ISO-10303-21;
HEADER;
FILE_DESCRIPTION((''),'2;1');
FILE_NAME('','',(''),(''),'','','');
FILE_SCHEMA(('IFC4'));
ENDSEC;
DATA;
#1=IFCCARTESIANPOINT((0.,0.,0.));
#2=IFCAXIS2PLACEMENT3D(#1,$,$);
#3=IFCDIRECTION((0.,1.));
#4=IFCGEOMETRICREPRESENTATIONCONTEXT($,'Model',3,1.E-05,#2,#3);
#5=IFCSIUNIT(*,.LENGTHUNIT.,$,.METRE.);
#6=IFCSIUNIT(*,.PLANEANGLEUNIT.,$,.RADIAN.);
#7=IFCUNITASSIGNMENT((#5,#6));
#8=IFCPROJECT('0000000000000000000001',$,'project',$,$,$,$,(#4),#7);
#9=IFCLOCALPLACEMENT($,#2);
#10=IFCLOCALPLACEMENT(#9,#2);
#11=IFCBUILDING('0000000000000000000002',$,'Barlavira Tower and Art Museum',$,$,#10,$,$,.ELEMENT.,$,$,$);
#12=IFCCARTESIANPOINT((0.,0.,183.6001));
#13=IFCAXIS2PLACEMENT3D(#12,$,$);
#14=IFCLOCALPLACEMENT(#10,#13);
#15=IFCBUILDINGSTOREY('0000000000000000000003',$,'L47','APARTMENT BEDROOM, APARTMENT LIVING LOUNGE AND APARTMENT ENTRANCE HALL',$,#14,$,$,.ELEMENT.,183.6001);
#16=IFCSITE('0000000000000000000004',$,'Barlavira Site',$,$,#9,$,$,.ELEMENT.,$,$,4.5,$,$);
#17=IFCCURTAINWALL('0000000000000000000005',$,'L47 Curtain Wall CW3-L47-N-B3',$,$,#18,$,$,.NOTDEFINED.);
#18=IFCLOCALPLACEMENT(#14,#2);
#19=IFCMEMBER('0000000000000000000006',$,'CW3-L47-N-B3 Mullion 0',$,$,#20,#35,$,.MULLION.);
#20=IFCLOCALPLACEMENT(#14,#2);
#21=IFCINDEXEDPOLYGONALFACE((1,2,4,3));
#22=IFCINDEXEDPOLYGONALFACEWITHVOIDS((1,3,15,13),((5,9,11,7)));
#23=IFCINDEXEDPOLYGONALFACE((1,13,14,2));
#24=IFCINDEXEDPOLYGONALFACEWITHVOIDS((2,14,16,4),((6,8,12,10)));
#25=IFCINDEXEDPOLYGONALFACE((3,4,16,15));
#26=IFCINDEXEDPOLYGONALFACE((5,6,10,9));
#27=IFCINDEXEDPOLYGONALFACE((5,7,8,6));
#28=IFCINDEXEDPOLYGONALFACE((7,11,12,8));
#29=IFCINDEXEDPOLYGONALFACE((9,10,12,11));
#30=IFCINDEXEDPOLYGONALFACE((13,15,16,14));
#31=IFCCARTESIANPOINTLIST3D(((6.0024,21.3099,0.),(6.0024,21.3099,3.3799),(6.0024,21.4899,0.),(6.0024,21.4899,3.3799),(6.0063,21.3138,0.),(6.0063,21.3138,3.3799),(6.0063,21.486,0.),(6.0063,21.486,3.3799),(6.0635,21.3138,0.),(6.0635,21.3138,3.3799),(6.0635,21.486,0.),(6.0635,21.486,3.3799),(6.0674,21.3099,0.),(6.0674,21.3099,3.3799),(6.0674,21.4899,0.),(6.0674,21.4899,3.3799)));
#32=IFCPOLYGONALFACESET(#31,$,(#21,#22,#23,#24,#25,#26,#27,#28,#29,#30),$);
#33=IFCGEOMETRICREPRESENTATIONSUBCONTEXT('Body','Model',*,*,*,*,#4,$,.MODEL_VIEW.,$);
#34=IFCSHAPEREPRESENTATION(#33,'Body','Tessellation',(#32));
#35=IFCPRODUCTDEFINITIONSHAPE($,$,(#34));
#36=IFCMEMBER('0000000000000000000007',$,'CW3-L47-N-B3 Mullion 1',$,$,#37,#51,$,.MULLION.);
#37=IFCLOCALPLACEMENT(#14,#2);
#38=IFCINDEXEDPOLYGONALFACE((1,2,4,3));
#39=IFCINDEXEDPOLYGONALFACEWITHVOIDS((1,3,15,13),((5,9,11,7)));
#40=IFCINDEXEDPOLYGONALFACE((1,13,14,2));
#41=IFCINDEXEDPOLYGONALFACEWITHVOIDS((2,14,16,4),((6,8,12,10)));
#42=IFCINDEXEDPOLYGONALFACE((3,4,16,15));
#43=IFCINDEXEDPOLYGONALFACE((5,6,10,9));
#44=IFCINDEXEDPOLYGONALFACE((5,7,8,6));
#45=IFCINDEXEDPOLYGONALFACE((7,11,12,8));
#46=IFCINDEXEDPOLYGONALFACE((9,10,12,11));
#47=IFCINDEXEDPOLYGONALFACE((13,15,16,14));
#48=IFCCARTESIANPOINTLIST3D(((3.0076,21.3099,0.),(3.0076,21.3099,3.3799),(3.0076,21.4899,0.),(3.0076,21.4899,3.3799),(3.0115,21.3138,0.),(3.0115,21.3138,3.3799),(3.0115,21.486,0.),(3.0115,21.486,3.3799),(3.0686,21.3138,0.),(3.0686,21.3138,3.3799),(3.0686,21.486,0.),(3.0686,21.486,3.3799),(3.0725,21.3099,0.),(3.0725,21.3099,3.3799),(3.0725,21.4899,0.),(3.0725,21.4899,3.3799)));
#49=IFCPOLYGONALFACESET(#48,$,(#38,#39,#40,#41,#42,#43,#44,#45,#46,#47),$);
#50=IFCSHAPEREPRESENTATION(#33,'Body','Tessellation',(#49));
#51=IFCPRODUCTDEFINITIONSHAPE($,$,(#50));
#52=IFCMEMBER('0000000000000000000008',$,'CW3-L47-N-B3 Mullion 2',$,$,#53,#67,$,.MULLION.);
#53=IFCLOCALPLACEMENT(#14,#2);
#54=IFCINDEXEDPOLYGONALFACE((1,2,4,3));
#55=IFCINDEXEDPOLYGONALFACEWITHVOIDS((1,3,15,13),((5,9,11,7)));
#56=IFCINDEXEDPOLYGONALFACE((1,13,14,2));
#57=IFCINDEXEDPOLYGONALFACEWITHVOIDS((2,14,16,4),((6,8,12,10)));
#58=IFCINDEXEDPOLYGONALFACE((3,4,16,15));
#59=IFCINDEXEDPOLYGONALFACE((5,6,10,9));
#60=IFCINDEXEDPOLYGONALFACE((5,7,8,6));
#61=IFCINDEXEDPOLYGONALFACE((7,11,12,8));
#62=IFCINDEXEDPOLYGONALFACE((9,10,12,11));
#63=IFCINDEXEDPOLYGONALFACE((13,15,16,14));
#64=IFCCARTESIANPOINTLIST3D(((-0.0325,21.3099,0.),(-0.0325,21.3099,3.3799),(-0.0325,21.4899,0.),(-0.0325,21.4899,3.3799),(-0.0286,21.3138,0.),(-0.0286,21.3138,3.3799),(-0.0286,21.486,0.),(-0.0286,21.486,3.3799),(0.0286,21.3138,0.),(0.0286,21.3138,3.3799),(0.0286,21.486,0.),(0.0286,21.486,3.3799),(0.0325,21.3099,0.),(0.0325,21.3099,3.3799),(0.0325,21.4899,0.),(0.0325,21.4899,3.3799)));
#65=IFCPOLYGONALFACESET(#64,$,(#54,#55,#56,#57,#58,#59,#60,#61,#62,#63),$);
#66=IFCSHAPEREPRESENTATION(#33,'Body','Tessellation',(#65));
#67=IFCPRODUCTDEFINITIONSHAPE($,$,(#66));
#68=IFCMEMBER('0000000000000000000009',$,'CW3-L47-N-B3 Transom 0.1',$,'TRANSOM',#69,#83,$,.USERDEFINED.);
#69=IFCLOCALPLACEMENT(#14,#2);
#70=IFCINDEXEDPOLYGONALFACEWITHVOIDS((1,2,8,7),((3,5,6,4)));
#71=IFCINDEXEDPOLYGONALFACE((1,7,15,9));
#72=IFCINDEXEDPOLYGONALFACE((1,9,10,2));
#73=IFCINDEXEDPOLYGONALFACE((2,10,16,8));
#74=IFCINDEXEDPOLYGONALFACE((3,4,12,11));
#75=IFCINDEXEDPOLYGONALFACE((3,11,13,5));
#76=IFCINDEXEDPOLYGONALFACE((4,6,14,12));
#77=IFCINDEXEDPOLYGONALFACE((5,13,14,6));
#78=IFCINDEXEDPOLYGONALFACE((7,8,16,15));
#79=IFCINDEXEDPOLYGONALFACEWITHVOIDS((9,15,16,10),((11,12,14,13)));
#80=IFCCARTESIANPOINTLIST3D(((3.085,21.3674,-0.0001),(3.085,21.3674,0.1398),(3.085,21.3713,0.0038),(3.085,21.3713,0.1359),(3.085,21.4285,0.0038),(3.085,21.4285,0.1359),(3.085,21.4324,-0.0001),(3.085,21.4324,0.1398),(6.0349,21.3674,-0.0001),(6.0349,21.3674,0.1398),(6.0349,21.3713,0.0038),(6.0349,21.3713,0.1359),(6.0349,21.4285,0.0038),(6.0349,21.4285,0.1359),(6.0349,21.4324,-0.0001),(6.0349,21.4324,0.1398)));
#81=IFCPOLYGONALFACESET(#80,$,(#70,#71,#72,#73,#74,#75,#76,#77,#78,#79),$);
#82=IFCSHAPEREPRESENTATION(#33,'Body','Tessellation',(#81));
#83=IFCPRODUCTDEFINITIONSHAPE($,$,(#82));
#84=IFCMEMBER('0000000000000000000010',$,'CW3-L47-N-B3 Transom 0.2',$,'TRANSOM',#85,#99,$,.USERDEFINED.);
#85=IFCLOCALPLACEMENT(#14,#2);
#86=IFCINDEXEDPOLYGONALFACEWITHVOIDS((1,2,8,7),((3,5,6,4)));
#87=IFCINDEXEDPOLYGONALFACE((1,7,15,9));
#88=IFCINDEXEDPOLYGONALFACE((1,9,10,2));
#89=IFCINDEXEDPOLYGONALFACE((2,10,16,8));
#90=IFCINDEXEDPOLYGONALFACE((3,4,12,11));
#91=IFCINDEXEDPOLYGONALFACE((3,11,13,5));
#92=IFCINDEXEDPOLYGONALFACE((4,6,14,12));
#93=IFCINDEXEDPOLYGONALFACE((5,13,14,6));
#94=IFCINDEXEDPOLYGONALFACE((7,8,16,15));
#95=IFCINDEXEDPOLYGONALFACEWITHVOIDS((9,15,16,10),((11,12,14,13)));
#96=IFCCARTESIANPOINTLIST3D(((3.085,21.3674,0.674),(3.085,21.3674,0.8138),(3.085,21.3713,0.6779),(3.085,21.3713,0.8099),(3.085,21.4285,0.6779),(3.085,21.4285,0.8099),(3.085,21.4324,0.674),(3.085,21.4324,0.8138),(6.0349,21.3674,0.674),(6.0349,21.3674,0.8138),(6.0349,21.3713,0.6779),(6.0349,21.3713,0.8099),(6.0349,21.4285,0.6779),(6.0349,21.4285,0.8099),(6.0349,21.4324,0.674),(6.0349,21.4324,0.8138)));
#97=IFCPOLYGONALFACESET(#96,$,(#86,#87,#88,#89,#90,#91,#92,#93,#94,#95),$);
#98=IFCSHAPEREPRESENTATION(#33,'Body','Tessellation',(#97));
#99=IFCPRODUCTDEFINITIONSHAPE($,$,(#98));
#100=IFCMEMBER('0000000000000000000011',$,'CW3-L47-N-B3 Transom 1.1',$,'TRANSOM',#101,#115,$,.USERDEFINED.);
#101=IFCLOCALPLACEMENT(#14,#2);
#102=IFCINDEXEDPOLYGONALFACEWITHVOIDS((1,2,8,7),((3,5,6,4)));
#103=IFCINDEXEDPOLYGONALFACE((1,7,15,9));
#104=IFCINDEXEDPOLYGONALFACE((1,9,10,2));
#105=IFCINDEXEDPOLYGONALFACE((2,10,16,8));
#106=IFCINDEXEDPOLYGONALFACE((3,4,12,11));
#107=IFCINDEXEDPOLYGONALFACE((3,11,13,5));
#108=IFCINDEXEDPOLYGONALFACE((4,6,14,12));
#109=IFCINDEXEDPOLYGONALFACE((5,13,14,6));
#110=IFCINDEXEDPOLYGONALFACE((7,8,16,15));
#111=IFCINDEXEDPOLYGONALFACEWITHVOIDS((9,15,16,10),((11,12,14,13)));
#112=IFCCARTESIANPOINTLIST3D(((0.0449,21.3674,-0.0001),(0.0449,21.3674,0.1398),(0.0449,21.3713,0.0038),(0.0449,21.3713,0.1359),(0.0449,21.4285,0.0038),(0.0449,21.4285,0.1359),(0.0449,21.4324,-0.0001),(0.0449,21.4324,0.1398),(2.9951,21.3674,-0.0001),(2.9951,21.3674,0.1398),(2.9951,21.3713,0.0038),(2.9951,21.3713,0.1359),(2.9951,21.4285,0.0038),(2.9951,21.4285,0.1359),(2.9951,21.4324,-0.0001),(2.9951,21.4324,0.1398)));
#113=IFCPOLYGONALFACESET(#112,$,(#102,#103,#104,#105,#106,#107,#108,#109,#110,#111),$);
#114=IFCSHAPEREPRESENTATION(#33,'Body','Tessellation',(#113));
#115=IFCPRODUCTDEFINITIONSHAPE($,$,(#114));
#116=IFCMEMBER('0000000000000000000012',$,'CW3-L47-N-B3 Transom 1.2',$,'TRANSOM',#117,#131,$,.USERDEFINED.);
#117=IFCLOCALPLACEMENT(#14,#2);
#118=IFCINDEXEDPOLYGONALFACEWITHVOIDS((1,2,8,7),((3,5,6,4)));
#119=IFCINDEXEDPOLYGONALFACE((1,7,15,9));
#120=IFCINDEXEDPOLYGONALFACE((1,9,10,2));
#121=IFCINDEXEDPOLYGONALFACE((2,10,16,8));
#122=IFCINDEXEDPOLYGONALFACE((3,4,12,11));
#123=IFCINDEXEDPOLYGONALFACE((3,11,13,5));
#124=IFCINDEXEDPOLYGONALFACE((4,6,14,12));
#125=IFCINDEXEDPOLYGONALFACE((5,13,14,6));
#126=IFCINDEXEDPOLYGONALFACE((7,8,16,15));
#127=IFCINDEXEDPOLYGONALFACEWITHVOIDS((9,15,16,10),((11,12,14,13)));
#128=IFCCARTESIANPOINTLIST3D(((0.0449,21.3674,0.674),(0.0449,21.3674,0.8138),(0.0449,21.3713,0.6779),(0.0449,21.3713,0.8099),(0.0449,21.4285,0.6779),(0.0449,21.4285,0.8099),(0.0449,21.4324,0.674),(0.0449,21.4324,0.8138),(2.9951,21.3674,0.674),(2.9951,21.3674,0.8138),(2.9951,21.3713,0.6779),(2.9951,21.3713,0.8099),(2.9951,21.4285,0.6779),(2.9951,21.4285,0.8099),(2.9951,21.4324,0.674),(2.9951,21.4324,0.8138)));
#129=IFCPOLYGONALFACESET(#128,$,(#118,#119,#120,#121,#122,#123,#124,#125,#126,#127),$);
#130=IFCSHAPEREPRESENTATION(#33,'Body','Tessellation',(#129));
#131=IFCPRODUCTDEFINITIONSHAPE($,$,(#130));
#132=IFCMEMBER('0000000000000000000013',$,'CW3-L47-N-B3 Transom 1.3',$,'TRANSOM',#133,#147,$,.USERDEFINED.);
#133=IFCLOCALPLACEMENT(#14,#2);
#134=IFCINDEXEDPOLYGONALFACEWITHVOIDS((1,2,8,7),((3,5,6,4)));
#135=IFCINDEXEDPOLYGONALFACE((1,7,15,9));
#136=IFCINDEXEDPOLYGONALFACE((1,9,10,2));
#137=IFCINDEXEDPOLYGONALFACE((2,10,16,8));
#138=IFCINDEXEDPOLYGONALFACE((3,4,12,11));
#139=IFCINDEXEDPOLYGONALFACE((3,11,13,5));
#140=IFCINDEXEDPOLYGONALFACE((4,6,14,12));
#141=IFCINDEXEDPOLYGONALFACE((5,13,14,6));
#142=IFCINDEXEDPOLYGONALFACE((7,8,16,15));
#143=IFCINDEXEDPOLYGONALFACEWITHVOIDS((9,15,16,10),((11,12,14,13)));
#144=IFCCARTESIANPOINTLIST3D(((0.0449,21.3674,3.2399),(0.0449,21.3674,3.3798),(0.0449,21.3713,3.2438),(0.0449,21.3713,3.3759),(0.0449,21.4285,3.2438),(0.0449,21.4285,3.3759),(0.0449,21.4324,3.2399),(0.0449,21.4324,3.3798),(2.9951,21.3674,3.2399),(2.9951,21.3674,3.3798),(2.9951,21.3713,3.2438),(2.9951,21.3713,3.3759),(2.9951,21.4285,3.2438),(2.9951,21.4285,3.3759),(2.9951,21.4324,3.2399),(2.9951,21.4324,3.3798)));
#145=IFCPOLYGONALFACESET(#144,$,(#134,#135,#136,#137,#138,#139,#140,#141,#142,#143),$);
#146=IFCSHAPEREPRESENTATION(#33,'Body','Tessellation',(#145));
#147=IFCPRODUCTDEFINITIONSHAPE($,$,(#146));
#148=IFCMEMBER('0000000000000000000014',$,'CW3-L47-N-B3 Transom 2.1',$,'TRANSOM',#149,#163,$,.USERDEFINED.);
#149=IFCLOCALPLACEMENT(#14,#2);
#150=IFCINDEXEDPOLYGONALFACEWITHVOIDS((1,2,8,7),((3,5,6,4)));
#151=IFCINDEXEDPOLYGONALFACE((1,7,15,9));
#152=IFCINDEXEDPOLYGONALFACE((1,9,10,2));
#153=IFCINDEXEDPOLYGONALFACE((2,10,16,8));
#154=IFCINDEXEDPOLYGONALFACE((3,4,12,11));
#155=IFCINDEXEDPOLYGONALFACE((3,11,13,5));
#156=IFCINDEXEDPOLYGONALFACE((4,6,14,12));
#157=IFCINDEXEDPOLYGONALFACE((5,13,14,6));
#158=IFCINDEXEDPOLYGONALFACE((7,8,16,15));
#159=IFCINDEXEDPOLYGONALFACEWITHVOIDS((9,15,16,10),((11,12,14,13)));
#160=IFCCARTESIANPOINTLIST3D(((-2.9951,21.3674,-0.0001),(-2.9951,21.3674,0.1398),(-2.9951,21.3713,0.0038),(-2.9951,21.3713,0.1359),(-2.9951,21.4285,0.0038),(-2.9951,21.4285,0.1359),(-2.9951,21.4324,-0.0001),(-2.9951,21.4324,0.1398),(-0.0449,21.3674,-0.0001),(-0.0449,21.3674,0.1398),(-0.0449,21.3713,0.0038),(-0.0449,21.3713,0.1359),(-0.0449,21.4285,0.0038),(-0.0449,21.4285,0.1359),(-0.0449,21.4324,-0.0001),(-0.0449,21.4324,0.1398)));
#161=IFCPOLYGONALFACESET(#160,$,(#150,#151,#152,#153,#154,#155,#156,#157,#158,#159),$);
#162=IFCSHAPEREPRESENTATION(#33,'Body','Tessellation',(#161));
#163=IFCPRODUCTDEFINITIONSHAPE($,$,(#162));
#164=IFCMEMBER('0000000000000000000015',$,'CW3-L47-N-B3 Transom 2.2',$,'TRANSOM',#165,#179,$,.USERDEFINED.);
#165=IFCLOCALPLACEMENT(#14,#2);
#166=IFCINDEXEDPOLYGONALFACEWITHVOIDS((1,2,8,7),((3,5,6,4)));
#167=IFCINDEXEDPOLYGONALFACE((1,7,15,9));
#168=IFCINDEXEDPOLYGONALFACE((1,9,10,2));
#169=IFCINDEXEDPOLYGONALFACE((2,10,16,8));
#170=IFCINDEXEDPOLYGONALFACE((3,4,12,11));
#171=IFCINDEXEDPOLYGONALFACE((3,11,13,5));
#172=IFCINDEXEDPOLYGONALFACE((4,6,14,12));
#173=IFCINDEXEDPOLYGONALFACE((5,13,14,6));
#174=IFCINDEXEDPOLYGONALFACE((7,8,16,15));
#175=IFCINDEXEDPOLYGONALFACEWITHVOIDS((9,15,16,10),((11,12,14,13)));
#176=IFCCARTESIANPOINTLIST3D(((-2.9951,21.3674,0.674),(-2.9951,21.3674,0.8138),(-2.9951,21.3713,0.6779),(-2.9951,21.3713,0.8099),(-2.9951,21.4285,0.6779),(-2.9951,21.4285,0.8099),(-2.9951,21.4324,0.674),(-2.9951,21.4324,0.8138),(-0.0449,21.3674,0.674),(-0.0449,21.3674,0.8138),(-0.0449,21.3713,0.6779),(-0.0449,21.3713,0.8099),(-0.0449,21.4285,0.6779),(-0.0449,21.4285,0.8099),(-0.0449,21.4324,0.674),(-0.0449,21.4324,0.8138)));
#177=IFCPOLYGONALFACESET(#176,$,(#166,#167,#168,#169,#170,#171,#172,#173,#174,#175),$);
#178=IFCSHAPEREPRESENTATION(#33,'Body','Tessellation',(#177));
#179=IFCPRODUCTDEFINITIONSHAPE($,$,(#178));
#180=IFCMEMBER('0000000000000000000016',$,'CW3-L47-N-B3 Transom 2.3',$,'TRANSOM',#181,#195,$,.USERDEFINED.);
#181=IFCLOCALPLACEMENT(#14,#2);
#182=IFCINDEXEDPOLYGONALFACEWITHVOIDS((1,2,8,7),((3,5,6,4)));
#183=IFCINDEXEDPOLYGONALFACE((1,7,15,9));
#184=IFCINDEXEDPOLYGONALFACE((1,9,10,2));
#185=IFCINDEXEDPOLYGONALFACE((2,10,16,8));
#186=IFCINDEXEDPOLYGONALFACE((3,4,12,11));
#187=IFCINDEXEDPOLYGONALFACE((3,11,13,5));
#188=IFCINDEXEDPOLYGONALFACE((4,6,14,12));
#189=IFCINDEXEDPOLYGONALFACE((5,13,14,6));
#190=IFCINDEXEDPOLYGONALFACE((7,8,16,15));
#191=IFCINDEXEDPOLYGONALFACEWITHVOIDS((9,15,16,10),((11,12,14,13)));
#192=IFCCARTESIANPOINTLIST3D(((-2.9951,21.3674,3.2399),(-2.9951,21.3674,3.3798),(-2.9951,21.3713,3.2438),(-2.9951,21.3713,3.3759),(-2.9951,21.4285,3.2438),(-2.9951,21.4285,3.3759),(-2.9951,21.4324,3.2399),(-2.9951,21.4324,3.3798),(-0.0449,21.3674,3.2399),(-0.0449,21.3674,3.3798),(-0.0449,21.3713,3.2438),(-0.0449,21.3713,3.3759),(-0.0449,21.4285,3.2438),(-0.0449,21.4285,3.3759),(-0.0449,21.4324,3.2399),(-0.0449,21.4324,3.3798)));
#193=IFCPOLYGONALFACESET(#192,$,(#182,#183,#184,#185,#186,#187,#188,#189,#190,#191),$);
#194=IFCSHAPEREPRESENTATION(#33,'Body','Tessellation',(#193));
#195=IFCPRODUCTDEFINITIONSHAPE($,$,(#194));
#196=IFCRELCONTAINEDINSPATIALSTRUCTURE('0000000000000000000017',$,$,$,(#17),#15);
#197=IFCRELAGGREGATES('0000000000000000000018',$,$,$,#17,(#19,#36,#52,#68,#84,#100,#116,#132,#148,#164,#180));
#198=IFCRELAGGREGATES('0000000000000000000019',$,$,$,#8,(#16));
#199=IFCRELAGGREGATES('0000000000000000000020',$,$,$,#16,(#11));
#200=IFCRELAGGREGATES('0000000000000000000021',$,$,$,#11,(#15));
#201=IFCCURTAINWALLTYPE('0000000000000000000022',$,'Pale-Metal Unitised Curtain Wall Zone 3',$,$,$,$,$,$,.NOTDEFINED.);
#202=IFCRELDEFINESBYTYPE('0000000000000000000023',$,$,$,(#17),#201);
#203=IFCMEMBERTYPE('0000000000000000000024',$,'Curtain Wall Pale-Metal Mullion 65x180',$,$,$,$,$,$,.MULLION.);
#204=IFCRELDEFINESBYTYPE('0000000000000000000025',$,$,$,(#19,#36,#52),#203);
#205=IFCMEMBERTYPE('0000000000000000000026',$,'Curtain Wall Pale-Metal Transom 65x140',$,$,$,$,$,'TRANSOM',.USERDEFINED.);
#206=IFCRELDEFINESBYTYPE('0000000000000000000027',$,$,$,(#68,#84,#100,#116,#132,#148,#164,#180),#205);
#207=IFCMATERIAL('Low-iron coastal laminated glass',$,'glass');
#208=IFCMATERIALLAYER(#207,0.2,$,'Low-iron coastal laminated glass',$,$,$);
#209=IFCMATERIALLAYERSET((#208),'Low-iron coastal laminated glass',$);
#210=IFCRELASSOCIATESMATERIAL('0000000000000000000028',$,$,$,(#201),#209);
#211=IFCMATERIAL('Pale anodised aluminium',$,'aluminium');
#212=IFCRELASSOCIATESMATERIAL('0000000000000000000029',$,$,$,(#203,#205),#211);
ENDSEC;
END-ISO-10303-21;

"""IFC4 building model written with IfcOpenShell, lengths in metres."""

from ifc_helpers import new_model, si_unit, direction, frame, origin, origin_2d, place, context, subcontext, project, spatial, hollow_rectangle, extrude, material, layer, layer_set, material_profile, profile_set, type_object, element, aggregate, save


model = new_model("IFC4")

# Units and contexts
model_context = context("Model", 3, precision=1e-05, world=origin(), true_north=direction((0.0, 1.0)))
body_context = subcontext(model_context, "Body", "Model", "MODEL_VIEW")
ifc_project = project(units=[si_unit("LENGTHUNIT", "METRE"), si_unit("PLANEANGLEUNIT", "RADIAN")], contexts=[model_context])

# Site, building, storey
site_placement = place(None, origin())
site = spatial("IfcSite", under=ifc_project, at=site_placement, Name="Barlavira Site", CompositionType="ELEMENT", RefElevation=4.5)
building_placement = place(site_placement, origin())
building = spatial("IfcBuilding", under=site, at=building_placement, Name="Barlavira Tower and Art Museum", CompositionType="ELEMENT")
storey_placement = place(building_placement, frame((0.0, 0.0, 183.6001)))
storey = spatial("IfcBuildingStorey", under=building, at=storey_placement, Name="L47", Description="APARTMENT BEDROOM, APARTMENT LIVING LOUNGE AND APARTMENT ENTRANCE HALL", CompositionType="ELEMENT", Elevation=183.6001)

# Curtain wall, members
ifc_material_1 = material(Name="Low-iron coastal laminated glass", Category="glass")
ifc_layer_1 = layer(ifc_material_1, 0.2, Name="Low-iron coastal laminated glass")
ifc_layer_set_1 = layer_set([ifc_layer_1], Name="Low-iron coastal laminated glass")
curtain_wall_type = type_object("IfcCurtainWallType", Name="Pale-Metal Unitised Curtain Wall Zone 3", PredefinedType="NOTDEFINED", material=ifc_layer_set_1)
curtain_wall_placement = place(storey_placement, origin())
curtain_wall = element("IfcCurtainWall", 1, at=curtain_wall_placement, inside=storey, type_object=curtain_wall_type, Name="L47 Curtain Wall CW3-L47-N-B3", PredefinedType="NOTDEFINED")
ifc_material_2 = material(Name="Pale anodised aluminium", Category="aluminium")
ifc_material_profile_1 = material_profile(ifc_material_2, hollow_rectangle(XDim=0.0649, YDim=0.1799, WallThickness=0.0039, at=origin_2d()), Name="ALU-MULL 65x180x4")
ifc_profile_set_1 = profile_set([ifc_material_profile_1], Name="Pale anodised aluminium")
member_type_1 = type_object("IfcMemberType", Name="Curtain Wall Pale-Metal Mullion 65x180", PredefinedType="MULLION", material=ifc_profile_set_1)
member_1_placement = place(storey_placement, frame((6.0349, 21.3999, 0.0), z_axis=(0.0, 0.0, 1.0), x_axis=(-1.0, 0.0, 0.0)))
member_1 = element("IfcMember", 2, at=member_1_placement, type_object=member_type_1, Name="CW3-L47-N-B3 Mullion 0", PredefinedType="MULLION", context=body_context, shape_type="SweptSolid", body=[
    extrude(hollow_rectangle(XDim=0.0649, YDim=0.1799, WallThickness=0.0039, at=origin_2d()), origin(), (0.0, 0.0, 1.0), 3.3799),
])
member_2_placement = place(storey_placement, frame((3.04, 21.3999, 0.0), z_axis=(0.0, 0.0, 1.0), x_axis=(-1.0, 0.0, 0.0)))
member_2 = element("IfcMember", 3, at=member_2_placement, type_object=member_type_1, Name="CW3-L47-N-B3 Mullion 1", PredefinedType="MULLION", context=body_context, shape_type="SweptSolid", body=[
    extrude(hollow_rectangle(XDim=0.0649, YDim=0.1799, WallThickness=0.0039, at=origin_2d()), origin(), (0.0, 0.0, 1.0), 3.3799),
])
member_3_placement = place(storey_placement, frame((0.0, 21.3999, 0.0), z_axis=(0.0, 0.0, 1.0), x_axis=(-1.0, 0.0, 0.0)))
member_3 = element("IfcMember", 4, at=member_3_placement, type_object=member_type_1, Name="CW3-L47-N-B3 Mullion 2", PredefinedType="MULLION", context=body_context, shape_type="SweptSolid", body=[
    extrude(hollow_rectangle(XDim=0.0649, YDim=0.1799, WallThickness=0.0039, at=origin_2d()), origin(), (0.0, 0.0, 1.0), 3.3799),
])
ifc_material_profile_2 = material_profile(ifc_material_2, hollow_rectangle(XDim=0.0649, YDim=0.1399, WallThickness=0.0039, at=origin_2d()), Name="ALU-TRAN 65x140x4")
ifc_profile_set_2 = profile_set([ifc_material_profile_2], Name="Pale anodised aluminium")
member_type_2 = type_object("IfcMemberType", Name="Curtain Wall Pale-Metal Transom 65x140", ElementType="TRANSOM", PredefinedType="USERDEFINED", material=ifc_profile_set_2)
member_4_placement = place(storey_placement, frame((6.0349, 21.3999, 0.0698), z_axis=(-1.0, 0.0, 0.0), x_axis=(0.0, -1.0, 0.0)))
member_4 = element("IfcMember", 5, at=member_4_placement, type_object=member_type_2, Name="CW3-L47-N-B3 Transom 0.1", ObjectType="TRANSOM", PredefinedType="USERDEFINED", context=body_context, shape_type="SweptSolid", body=[
    extrude(hollow_rectangle(XDim=0.0649, YDim=0.1399, WallThickness=0.0039, at=origin_2d()), origin(), (0.0, 0.0, 1.0), 2.95),
])
member_5_placement = place(storey_placement, frame((6.0349, 21.3999, 0.7439), z_axis=(-1.0, 0.0, 0.0), x_axis=(0.0, -1.0, 0.0)))
member_5 = element("IfcMember", 6, at=member_5_placement, type_object=member_type_2, Name="CW3-L47-N-B3 Transom 0.2", ObjectType="TRANSOM", PredefinedType="USERDEFINED", context=body_context, shape_type="SweptSolid", body=[
    extrude(hollow_rectangle(XDim=0.0649, YDim=0.1399, WallThickness=0.0039, at=origin_2d()), origin(), (0.0, 0.0, 1.0), 2.95),
])
member_6_placement = place(storey_placement, frame((2.9951, 21.3999, 0.0698), z_axis=(-1.0, 0.0, 0.0), x_axis=(0.0, -1.0, 0.0)))
member_6 = element("IfcMember", 7, at=member_6_placement, type_object=member_type_2, Name="CW3-L47-N-B3 Transom 1.1", ObjectType="TRANSOM", PredefinedType="USERDEFINED", context=body_context, shape_type="SweptSolid", body=[
    extrude(hollow_rectangle(XDim=0.0649, YDim=0.1399, WallThickness=0.0039, at=origin_2d()), origin(), (0.0, 0.0, 1.0), 2.9502),
])
member_7_placement = place(storey_placement, frame((2.9951, 21.3999, 0.7439), z_axis=(-1.0, 0.0, 0.0), x_axis=(0.0, -1.0, 0.0)))
member_7 = element("IfcMember", 8, at=member_7_placement, type_object=member_type_2, Name="CW3-L47-N-B3 Transom 1.2", ObjectType="TRANSOM", PredefinedType="USERDEFINED", context=body_context, shape_type="SweptSolid", body=[
    extrude(hollow_rectangle(XDim=0.0649, YDim=0.1399, WallThickness=0.0039, at=origin_2d()), origin(), (0.0, 0.0, 1.0), 2.9502),
])
member_8_placement = place(storey_placement, frame((2.9951, 21.3999, 3.3098), z_axis=(-1.0, 0.0, 0.0), x_axis=(0.0, -1.0, 0.0)))
member_8 = element("IfcMember", 9, at=member_8_placement, type_object=member_type_2, Name="CW3-L47-N-B3 Transom 1.3", ObjectType="TRANSOM", PredefinedType="USERDEFINED", context=body_context, shape_type="SweptSolid", body=[
    extrude(hollow_rectangle(XDim=0.0649, YDim=0.1399, WallThickness=0.0039, at=origin_2d()), origin(), (0.0, 0.0, 1.0), 2.9502),
])
member_9_placement = place(storey_placement, frame((-0.0449, 21.3999, 0.0698), z_axis=(-1.0, 0.0, 0.0), x_axis=(0.0, -1.0, 0.0)))
member_9 = element("IfcMember", 10, at=member_9_placement, type_object=member_type_2, Name="CW3-L47-N-B3 Transom 2.1", ObjectType="TRANSOM", PredefinedType="USERDEFINED", context=body_context, shape_type="SweptSolid", body=[
    extrude(hollow_rectangle(XDim=0.0649, YDim=0.1399, WallThickness=0.0039, at=origin_2d()), origin(), (0.0, 0.0, 1.0), 2.9502),
])
member_10_placement = place(storey_placement, frame((-0.0449, 21.3999, 0.7439), z_axis=(-1.0, 0.0, 0.0), x_axis=(0.0, -1.0, 0.0)))
member_10 = element("IfcMember", 11, at=member_10_placement, type_object=member_type_2, Name="CW3-L47-N-B3 Transom 2.2", ObjectType="TRANSOM", PredefinedType="USERDEFINED", context=body_context, shape_type="SweptSolid", body=[
    extrude(hollow_rectangle(XDim=0.0649, YDim=0.1399, WallThickness=0.0039, at=origin_2d()), origin(), (0.0, 0.0, 1.0), 2.9502),
])
member_11_placement = place(storey_placement, frame((-0.0449, 21.3999, 3.3098), z_axis=(-1.0, 0.0, 0.0), x_axis=(0.0, -1.0, 0.0)))
member_11 = element("IfcMember", 12, at=member_11_placement, type_object=member_type_2, Name="CW3-L47-N-B3 Transom 2.3", ObjectType="TRANSOM", PredefinedType="USERDEFINED", context=body_context, shape_type="SweptSolid", body=[
    extrude(hollow_rectangle(XDim=0.0649, YDim=0.1399, WallThickness=0.0039, at=origin_2d()), origin(), (0.0, 0.0, 1.0), 2.9502),
])

aggregate(curtain_wall, [member_1, member_2, member_3, member_4, member_5, member_6, member_7, member_8, member_9, member_10, member_11])

save(model, "model.ifc")
